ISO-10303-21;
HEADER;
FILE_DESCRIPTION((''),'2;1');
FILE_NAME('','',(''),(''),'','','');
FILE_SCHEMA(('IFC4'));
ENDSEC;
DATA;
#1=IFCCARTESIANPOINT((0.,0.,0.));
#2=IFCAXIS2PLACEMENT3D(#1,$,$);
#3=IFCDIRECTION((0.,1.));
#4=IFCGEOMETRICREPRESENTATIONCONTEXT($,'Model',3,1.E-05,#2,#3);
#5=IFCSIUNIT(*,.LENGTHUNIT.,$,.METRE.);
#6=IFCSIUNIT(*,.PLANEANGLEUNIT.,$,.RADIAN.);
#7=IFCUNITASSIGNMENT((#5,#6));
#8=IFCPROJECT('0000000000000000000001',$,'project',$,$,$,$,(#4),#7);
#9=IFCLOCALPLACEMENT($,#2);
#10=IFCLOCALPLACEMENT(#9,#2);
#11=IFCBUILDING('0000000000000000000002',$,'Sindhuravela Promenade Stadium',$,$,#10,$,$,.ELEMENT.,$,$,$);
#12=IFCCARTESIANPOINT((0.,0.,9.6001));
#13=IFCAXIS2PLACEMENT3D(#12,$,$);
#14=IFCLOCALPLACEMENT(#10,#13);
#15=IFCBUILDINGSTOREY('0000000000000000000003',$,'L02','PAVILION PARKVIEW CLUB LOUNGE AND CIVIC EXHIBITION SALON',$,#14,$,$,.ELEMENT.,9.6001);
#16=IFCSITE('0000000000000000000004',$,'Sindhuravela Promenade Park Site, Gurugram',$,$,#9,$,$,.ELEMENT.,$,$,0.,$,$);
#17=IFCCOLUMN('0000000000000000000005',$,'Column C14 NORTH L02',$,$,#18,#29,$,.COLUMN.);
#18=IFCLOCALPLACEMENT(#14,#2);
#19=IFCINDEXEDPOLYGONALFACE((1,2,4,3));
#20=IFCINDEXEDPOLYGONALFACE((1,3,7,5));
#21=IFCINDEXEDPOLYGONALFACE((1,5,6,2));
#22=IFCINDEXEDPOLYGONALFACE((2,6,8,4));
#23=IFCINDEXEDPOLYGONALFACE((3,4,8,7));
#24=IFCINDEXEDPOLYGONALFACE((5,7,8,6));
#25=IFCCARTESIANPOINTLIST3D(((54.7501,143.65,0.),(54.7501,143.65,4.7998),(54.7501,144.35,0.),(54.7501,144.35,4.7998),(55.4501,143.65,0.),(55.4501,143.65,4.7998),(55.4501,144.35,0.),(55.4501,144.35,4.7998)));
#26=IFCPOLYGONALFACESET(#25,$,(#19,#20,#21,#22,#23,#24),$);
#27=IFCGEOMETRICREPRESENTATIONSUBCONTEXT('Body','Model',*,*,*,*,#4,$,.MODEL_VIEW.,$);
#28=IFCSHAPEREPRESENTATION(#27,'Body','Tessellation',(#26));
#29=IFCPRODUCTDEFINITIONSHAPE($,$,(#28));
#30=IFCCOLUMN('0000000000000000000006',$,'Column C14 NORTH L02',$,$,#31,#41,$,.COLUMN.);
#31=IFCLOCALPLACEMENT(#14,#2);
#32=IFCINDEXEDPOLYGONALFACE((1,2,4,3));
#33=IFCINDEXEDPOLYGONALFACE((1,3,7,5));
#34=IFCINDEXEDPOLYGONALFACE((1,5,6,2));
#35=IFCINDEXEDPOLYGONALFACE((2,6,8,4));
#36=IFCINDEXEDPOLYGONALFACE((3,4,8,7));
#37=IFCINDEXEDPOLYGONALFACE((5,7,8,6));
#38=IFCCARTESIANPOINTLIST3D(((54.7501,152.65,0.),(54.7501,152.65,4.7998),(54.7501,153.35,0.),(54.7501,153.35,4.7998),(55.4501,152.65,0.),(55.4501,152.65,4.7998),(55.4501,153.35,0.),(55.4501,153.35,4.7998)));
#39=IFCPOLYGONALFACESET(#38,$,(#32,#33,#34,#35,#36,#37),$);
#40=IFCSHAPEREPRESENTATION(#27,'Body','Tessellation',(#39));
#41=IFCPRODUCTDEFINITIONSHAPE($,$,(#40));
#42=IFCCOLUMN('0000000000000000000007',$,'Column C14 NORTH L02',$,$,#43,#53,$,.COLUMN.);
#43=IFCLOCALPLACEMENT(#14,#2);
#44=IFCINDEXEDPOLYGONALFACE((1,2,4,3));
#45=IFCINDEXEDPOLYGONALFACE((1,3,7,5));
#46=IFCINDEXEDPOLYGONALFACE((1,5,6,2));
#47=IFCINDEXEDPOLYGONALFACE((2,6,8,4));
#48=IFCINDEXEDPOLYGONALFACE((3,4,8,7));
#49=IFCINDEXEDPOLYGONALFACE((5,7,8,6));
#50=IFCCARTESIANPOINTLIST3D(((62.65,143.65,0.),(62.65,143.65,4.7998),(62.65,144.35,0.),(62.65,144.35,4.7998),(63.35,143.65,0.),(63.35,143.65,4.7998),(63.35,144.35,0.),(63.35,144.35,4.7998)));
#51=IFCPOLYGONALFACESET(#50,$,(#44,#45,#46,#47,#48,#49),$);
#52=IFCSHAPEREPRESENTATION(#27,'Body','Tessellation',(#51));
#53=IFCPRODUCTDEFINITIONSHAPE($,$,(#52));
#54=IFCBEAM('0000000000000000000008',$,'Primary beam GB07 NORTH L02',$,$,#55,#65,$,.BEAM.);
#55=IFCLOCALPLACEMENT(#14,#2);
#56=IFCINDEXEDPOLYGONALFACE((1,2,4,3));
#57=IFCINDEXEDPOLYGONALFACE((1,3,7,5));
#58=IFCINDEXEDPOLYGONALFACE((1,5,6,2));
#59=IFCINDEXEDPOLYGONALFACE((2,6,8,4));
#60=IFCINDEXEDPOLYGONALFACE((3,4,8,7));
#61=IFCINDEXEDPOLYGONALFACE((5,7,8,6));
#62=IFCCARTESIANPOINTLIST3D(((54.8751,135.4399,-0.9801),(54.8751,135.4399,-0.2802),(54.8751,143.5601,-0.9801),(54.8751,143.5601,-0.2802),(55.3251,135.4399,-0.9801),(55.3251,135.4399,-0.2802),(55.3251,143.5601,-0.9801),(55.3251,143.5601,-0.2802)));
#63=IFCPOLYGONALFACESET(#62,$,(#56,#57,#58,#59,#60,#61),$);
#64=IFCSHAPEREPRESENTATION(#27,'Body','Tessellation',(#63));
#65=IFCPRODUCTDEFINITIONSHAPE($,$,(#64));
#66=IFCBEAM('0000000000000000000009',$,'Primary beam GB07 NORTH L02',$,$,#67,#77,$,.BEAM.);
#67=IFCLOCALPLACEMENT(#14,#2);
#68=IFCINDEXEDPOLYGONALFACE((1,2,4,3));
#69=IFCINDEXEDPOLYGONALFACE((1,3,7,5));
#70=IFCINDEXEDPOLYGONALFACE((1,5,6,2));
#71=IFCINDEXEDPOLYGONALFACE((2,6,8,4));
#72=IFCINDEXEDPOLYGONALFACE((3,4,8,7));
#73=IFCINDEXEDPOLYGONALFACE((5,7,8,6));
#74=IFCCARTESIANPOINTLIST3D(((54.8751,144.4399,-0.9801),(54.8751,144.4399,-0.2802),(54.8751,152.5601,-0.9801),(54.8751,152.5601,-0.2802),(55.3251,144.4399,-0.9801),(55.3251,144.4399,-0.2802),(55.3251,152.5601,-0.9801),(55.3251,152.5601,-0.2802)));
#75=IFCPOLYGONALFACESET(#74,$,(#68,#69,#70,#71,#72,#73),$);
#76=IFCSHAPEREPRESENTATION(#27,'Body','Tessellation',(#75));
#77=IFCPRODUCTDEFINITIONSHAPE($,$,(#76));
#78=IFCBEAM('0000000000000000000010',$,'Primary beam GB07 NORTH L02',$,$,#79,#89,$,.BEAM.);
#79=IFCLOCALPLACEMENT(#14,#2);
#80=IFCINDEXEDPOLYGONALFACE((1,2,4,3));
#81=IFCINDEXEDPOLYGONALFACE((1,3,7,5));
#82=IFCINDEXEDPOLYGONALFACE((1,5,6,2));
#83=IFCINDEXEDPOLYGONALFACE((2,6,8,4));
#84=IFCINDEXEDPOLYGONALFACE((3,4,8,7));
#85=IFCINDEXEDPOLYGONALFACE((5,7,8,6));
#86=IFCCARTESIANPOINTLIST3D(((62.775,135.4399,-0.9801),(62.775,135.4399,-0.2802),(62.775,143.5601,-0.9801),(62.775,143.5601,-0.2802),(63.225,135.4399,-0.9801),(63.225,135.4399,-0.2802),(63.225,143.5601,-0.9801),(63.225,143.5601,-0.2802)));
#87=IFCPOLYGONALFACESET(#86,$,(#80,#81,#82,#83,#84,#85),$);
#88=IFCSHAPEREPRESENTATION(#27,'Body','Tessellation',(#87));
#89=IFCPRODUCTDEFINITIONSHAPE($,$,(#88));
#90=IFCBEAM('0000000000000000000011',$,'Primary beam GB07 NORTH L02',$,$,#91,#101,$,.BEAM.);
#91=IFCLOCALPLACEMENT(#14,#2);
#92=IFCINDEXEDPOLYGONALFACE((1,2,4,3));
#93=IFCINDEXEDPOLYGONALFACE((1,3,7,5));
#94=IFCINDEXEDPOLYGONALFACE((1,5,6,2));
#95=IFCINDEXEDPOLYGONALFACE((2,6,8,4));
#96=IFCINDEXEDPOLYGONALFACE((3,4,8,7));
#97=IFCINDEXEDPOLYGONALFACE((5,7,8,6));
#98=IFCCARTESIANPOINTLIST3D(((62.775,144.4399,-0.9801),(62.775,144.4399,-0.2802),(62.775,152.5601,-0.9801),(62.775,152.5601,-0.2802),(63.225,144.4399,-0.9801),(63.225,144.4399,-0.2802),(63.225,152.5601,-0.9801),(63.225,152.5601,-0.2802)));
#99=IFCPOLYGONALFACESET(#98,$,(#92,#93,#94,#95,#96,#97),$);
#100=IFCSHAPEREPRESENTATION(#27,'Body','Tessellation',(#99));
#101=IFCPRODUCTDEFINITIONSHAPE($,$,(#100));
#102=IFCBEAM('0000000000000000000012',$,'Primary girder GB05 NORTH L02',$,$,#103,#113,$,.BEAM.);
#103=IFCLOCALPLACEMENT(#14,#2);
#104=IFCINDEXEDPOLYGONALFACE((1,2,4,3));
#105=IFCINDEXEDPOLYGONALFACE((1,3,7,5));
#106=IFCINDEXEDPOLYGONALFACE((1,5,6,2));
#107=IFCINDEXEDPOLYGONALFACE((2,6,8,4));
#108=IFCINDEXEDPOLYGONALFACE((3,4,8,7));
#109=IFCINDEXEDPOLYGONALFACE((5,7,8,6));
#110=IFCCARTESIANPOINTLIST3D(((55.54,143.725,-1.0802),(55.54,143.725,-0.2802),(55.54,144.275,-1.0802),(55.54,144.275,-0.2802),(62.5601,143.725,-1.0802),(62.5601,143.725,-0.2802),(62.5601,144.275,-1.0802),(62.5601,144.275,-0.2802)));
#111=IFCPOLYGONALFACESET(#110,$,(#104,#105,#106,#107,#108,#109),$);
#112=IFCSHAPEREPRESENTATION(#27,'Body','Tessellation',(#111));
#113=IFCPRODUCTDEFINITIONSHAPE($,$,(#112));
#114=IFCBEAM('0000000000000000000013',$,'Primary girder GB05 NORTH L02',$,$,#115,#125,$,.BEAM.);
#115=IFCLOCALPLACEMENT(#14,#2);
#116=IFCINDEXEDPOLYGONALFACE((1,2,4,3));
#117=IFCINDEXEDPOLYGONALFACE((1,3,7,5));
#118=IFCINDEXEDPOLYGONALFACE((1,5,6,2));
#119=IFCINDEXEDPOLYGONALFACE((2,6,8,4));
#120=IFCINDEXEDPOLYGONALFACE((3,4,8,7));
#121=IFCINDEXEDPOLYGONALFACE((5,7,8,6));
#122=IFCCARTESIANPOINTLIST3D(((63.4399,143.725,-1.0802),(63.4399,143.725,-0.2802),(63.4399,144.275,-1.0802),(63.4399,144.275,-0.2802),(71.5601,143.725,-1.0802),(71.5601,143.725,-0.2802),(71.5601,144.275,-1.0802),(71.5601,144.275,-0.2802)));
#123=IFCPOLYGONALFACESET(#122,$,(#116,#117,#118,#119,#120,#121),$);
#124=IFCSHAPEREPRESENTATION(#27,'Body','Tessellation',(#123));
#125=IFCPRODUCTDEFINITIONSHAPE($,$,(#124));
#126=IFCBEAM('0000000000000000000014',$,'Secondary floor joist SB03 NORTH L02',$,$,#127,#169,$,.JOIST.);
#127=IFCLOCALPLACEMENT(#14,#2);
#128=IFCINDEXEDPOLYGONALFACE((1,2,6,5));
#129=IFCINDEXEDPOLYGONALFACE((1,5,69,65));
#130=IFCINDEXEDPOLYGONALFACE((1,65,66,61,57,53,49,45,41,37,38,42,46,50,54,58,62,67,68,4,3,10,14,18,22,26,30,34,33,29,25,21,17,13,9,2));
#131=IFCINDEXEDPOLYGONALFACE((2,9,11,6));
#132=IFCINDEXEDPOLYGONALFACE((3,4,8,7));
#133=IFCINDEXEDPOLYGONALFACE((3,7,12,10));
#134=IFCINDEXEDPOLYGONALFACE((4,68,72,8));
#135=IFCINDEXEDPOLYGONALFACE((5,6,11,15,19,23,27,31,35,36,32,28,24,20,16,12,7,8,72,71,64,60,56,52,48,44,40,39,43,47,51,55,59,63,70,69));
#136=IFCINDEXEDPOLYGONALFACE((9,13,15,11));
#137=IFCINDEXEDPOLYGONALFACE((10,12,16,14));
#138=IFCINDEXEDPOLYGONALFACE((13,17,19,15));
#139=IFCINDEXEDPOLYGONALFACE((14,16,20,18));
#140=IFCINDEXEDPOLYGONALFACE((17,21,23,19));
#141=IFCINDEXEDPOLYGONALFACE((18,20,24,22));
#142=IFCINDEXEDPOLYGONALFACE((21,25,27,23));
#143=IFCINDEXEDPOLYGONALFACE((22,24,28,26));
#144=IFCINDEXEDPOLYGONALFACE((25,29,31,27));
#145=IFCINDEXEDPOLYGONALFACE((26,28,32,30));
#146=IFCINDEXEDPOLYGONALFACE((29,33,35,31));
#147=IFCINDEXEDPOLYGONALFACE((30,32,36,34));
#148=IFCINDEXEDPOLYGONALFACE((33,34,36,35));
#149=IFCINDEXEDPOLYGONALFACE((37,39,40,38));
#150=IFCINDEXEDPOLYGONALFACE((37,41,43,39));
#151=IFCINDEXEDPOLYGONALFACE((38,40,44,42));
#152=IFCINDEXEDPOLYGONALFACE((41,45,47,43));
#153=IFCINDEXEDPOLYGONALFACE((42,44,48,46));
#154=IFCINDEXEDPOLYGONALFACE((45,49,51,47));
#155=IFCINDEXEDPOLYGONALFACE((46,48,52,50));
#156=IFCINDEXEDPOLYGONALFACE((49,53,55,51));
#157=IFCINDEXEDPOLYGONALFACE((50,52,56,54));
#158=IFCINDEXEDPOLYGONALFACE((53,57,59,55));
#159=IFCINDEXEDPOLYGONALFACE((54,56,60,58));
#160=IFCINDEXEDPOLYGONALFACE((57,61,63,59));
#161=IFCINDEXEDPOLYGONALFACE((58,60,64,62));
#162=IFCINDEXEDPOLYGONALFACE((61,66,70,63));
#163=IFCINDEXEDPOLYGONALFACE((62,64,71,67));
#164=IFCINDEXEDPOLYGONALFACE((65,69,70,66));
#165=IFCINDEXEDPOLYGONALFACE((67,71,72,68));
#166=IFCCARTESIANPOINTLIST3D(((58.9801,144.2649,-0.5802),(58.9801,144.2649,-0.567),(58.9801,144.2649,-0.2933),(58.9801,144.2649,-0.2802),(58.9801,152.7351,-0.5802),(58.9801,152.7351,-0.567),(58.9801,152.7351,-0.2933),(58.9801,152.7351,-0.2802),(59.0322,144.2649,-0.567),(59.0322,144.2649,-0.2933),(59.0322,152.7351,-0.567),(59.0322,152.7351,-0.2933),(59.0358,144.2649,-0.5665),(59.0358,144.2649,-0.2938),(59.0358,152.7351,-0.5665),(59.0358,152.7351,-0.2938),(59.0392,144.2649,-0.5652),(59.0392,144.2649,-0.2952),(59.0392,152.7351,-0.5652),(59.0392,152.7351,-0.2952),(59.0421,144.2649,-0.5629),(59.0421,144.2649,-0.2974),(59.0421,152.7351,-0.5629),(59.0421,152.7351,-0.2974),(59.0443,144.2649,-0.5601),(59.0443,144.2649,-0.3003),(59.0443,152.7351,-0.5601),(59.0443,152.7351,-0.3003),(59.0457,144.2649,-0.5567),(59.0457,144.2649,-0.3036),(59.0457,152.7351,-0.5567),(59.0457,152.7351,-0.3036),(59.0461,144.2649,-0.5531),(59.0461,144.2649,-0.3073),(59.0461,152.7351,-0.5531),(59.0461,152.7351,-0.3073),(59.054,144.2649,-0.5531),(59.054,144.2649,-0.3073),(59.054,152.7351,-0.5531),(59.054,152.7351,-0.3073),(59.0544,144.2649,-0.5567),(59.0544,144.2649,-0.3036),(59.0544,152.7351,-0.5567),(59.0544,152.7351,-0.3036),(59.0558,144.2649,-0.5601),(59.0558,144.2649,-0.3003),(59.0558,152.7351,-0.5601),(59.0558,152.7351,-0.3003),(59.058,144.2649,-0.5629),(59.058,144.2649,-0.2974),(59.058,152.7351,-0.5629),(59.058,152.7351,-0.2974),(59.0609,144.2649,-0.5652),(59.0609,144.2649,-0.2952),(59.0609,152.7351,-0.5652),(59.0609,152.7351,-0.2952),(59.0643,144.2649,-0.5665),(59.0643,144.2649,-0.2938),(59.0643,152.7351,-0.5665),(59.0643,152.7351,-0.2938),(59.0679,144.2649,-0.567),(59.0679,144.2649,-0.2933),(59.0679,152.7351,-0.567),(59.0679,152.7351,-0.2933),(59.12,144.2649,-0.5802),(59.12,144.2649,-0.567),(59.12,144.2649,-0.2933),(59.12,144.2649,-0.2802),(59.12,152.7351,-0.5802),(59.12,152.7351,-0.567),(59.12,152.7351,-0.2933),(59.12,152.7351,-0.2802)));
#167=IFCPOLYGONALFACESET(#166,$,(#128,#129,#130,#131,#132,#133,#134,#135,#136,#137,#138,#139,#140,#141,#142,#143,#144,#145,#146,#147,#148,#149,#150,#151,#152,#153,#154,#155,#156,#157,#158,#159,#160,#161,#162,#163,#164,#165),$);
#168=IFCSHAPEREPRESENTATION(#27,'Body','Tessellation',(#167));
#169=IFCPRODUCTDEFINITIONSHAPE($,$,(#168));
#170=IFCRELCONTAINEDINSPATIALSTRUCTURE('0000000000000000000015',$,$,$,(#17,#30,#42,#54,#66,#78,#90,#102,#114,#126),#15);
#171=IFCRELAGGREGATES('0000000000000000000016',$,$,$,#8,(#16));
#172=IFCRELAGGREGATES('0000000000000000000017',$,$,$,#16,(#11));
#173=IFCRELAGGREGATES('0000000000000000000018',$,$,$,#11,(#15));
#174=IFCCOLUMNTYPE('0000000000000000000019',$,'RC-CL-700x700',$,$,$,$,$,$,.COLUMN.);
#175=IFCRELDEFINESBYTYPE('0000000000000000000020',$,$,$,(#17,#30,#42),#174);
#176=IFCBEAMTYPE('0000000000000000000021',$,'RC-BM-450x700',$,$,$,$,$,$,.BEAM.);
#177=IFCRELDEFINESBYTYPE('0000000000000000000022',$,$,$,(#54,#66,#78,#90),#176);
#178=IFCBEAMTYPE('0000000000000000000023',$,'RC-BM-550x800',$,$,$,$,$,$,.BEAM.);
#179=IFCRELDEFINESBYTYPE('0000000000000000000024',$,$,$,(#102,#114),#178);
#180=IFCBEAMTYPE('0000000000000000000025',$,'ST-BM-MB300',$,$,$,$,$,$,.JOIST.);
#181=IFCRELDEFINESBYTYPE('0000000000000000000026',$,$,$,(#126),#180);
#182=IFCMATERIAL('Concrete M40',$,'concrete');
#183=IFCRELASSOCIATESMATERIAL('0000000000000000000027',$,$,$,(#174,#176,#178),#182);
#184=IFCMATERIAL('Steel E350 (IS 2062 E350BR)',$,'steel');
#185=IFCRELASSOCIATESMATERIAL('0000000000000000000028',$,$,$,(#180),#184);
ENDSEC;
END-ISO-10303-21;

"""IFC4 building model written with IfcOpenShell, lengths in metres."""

from ifc_helpers import new_model, si_unit, direction, frame, origin, origin_2d, place, context, subcontext, project, spatial, rectangle, i_section, extrude, material, material_profile, profile_set, type_object, element, save


model = new_model("IFC4")

# Units and contexts
model_context = context("Model", 3, precision=1e-05, world=origin(), true_north=direction((0.0, 1.0)))
body_context = subcontext(model_context, "Body", "Model", "MODEL_VIEW")
ifc_project = project(units=[si_unit("LENGTHUNIT", "METRE"), si_unit("PLANEANGLEUNIT", "RADIAN")], contexts=[model_context])

# Site, building, storey
site_placement = place(None, origin())
site = spatial("IfcSite", under=ifc_project, at=site_placement, Name="Sindhuravela Promenade Park Site, Gurugram", CompositionType="ELEMENT", RefElevation=0.0)
building_placement = place(site_placement, origin())
building = spatial("IfcBuilding", under=site, at=building_placement, Name="Sindhuravela Promenade Stadium", CompositionType="ELEMENT")
storey_placement = place(building_placement, frame((0.0, 0.0, 9.6001)))
storey = spatial("IfcBuildingStorey", under=building, at=storey_placement, Name="L02", Description="PAVILION PARKVIEW CLUB LOUNGE AND CIVIC EXHIBITION SALON", CompositionType="ELEMENT", Elevation=9.6001)

# Columns
ifc_material_1 = material(Name="Concrete M40", Category="concrete")
ifc_material_profile_1 = material_profile(ifc_material_1, rectangle(XDim=0.7, YDim=0.7, at=origin_2d()), Name="RC 700x700")
ifc_profile_set_1 = profile_set([ifc_material_profile_1], Name="Concrete M40")
column_type = type_object("IfcColumnType", Name="RC-CL-700x700", PredefinedType="COLUMN", material=ifc_profile_set_1)
for number, where, z_axis, x_axis, name in (
    (1, (55.1001, 144.0, 0.0), (0.0, 0.0, 1.0), (1.0, 0.0, 0.0), "Column C14 NORTH L02"),
    (2, (55.1001, 153.0, 0.0), (0.0, 0.0, 1.0), (1.0, 0.0, 0.0), "Column C14 NORTH L02"),
    (3, (63.0, 144.0, 0.0), (0.0, 0.0, 1.0), (1.0, 0.0, 0.0), "Column C14 NORTH L02"),
):
    element("IfcColumn", number, at=place(storey_placement, frame(where, z_axis=z_axis, x_axis=x_axis)), inside=storey, type_object=column_type, Name=name, PredefinedType="COLUMN", context=body_context, shape_type="SweptSolid", body=[
        extrude(rectangle(XDim=0.7, YDim=0.7, at=origin_2d()), origin(), (0.0, 0.0, 1.0), 4.7998),
    ])

# Beams
ifc_material_profile_2 = material_profile(ifc_material_1, rectangle(XDim=0.45, YDim=0.7, at=origin_2d()), Name="RC 450x700")
ifc_profile_set_2 = profile_set([ifc_material_profile_2], Name="Concrete M40")
beam_type_1 = type_object("IfcBeamType", Name="RC-BM-450x700", PredefinedType="BEAM", material=ifc_profile_set_2)
for number, where, z_axis, x_axis, name in (
    (4, (55.1001, 135.4399, -0.6301), (0.0, 1.0, 0.0), (-1.0, 0.0, 0.0), "Primary beam GB07 NORTH L02"),
    (5, (55.1001, 144.4399, -0.6301), (0.0, 1.0, 0.0), (-1.0, 0.0, 0.0), "Primary beam GB07 NORTH L02"),
    (6, (63.0, 135.4399, -0.6301), (0.0, 1.0, 0.0), (-1.0, 0.0, 0.0), "Primary beam GB07 NORTH L02"),
    (7, (63.0, 144.4399, -0.6301), (0.0, 1.0, 0.0), (-1.0, 0.0, 0.0), "Primary beam GB07 NORTH L02"),
):
    element("IfcBeam", number, at=place(storey_placement, frame(where, z_axis=z_axis, x_axis=x_axis)), inside=storey, type_object=beam_type_1, Name=name, PredefinedType="BEAM", context=body_context, shape_type="SweptSolid", body=[
        extrude(rectangle(XDim=0.45, YDim=0.7, at=origin_2d()), origin(), (0.0, 0.0, 1.0), 8.1201),
    ])
ifc_material_profile_3 = material_profile(ifc_material_1, rectangle(XDim=0.55, YDim=0.8, at=origin_2d()), Name="RC 550x800")
ifc_profile_set_3 = profile_set([ifc_material_profile_3], Name="Concrete M40")
beam_type_2 = type_object("IfcBeamType", Name="RC-BM-550x800", PredefinedType="BEAM", material=ifc_profile_set_3)
beam_1_placement = place(storey_placement, frame((55.54, 144.0, -0.6802), z_axis=(1.0, 0.0, 0.0), x_axis=(0.0, 1.0, 0.0)))
element("IfcBeam", 8, at=beam_1_placement, inside=storey, type_object=beam_type_2, Name="Primary girder GB05 NORTH L02", PredefinedType="BEAM", context=body_context, shape_type="SweptSolid", body=[
    extrude(rectangle(XDim=0.55, YDim=0.8, at=origin_2d()), origin(), (0.0, 0.0, 1.0), 7.02),
])
beam_2_placement = place(storey_placement, frame((63.4399, 144.0, -0.6802), z_axis=(1.0, 0.0, 0.0), x_axis=(0.0, 1.0, 0.0)))
element("IfcBeam", 9, at=beam_2_placement, inside=storey, type_object=beam_type_2, Name="Primary girder GB05 NORTH L02", PredefinedType="BEAM", context=body_context, shape_type="SweptSolid", body=[
    extrude(rectangle(XDim=0.55, YDim=0.8, at=origin_2d()), origin(), (0.0, 0.0, 1.0), 8.1201),
])
ifc_material_2 = material(Name="Steel E350 (IS 2062 E350BR)", Category="steel")
ifc_material_profile_4 = material_profile(ifc_material_2, i_section(OverallWidth=0.1399, OverallDepth=0.3, WebThickness=0.0078, FlangeThickness=0.0132, FilletRadius=0.0139, at=origin_2d()), Name="ISMB 300")
ifc_profile_set_4 = profile_set([ifc_material_profile_4], Name="Steel E350 (IS 2062 E350BR)")
beam_type_3 = type_object("IfcBeamType", Name="ST-BM-MB300", PredefinedType="JOIST", material=ifc_profile_set_4)
beam_3_placement = place(storey_placement, frame((59.05, 144.2649, -0.4302), z_axis=(0.0, 1.0, 0.0), x_axis=(-1.0, 0.0, 0.0)))
element("IfcBeam", 10, at=beam_3_placement, inside=storey, type_object=beam_type_3, Name="Secondary floor joist SB03 NORTH L02", PredefinedType="JOIST", context=body_context, shape_type="SweptSolid", body=[
    extrude(i_section(OverallWidth=0.1399, OverallDepth=0.3, WebThickness=0.0078, FlangeThickness=0.0132, FilletRadius=0.0139, at=origin_2d()), origin(), (0.0, 0.0, 1.0), 8.4702),
])

save(model, "model.ifc")
